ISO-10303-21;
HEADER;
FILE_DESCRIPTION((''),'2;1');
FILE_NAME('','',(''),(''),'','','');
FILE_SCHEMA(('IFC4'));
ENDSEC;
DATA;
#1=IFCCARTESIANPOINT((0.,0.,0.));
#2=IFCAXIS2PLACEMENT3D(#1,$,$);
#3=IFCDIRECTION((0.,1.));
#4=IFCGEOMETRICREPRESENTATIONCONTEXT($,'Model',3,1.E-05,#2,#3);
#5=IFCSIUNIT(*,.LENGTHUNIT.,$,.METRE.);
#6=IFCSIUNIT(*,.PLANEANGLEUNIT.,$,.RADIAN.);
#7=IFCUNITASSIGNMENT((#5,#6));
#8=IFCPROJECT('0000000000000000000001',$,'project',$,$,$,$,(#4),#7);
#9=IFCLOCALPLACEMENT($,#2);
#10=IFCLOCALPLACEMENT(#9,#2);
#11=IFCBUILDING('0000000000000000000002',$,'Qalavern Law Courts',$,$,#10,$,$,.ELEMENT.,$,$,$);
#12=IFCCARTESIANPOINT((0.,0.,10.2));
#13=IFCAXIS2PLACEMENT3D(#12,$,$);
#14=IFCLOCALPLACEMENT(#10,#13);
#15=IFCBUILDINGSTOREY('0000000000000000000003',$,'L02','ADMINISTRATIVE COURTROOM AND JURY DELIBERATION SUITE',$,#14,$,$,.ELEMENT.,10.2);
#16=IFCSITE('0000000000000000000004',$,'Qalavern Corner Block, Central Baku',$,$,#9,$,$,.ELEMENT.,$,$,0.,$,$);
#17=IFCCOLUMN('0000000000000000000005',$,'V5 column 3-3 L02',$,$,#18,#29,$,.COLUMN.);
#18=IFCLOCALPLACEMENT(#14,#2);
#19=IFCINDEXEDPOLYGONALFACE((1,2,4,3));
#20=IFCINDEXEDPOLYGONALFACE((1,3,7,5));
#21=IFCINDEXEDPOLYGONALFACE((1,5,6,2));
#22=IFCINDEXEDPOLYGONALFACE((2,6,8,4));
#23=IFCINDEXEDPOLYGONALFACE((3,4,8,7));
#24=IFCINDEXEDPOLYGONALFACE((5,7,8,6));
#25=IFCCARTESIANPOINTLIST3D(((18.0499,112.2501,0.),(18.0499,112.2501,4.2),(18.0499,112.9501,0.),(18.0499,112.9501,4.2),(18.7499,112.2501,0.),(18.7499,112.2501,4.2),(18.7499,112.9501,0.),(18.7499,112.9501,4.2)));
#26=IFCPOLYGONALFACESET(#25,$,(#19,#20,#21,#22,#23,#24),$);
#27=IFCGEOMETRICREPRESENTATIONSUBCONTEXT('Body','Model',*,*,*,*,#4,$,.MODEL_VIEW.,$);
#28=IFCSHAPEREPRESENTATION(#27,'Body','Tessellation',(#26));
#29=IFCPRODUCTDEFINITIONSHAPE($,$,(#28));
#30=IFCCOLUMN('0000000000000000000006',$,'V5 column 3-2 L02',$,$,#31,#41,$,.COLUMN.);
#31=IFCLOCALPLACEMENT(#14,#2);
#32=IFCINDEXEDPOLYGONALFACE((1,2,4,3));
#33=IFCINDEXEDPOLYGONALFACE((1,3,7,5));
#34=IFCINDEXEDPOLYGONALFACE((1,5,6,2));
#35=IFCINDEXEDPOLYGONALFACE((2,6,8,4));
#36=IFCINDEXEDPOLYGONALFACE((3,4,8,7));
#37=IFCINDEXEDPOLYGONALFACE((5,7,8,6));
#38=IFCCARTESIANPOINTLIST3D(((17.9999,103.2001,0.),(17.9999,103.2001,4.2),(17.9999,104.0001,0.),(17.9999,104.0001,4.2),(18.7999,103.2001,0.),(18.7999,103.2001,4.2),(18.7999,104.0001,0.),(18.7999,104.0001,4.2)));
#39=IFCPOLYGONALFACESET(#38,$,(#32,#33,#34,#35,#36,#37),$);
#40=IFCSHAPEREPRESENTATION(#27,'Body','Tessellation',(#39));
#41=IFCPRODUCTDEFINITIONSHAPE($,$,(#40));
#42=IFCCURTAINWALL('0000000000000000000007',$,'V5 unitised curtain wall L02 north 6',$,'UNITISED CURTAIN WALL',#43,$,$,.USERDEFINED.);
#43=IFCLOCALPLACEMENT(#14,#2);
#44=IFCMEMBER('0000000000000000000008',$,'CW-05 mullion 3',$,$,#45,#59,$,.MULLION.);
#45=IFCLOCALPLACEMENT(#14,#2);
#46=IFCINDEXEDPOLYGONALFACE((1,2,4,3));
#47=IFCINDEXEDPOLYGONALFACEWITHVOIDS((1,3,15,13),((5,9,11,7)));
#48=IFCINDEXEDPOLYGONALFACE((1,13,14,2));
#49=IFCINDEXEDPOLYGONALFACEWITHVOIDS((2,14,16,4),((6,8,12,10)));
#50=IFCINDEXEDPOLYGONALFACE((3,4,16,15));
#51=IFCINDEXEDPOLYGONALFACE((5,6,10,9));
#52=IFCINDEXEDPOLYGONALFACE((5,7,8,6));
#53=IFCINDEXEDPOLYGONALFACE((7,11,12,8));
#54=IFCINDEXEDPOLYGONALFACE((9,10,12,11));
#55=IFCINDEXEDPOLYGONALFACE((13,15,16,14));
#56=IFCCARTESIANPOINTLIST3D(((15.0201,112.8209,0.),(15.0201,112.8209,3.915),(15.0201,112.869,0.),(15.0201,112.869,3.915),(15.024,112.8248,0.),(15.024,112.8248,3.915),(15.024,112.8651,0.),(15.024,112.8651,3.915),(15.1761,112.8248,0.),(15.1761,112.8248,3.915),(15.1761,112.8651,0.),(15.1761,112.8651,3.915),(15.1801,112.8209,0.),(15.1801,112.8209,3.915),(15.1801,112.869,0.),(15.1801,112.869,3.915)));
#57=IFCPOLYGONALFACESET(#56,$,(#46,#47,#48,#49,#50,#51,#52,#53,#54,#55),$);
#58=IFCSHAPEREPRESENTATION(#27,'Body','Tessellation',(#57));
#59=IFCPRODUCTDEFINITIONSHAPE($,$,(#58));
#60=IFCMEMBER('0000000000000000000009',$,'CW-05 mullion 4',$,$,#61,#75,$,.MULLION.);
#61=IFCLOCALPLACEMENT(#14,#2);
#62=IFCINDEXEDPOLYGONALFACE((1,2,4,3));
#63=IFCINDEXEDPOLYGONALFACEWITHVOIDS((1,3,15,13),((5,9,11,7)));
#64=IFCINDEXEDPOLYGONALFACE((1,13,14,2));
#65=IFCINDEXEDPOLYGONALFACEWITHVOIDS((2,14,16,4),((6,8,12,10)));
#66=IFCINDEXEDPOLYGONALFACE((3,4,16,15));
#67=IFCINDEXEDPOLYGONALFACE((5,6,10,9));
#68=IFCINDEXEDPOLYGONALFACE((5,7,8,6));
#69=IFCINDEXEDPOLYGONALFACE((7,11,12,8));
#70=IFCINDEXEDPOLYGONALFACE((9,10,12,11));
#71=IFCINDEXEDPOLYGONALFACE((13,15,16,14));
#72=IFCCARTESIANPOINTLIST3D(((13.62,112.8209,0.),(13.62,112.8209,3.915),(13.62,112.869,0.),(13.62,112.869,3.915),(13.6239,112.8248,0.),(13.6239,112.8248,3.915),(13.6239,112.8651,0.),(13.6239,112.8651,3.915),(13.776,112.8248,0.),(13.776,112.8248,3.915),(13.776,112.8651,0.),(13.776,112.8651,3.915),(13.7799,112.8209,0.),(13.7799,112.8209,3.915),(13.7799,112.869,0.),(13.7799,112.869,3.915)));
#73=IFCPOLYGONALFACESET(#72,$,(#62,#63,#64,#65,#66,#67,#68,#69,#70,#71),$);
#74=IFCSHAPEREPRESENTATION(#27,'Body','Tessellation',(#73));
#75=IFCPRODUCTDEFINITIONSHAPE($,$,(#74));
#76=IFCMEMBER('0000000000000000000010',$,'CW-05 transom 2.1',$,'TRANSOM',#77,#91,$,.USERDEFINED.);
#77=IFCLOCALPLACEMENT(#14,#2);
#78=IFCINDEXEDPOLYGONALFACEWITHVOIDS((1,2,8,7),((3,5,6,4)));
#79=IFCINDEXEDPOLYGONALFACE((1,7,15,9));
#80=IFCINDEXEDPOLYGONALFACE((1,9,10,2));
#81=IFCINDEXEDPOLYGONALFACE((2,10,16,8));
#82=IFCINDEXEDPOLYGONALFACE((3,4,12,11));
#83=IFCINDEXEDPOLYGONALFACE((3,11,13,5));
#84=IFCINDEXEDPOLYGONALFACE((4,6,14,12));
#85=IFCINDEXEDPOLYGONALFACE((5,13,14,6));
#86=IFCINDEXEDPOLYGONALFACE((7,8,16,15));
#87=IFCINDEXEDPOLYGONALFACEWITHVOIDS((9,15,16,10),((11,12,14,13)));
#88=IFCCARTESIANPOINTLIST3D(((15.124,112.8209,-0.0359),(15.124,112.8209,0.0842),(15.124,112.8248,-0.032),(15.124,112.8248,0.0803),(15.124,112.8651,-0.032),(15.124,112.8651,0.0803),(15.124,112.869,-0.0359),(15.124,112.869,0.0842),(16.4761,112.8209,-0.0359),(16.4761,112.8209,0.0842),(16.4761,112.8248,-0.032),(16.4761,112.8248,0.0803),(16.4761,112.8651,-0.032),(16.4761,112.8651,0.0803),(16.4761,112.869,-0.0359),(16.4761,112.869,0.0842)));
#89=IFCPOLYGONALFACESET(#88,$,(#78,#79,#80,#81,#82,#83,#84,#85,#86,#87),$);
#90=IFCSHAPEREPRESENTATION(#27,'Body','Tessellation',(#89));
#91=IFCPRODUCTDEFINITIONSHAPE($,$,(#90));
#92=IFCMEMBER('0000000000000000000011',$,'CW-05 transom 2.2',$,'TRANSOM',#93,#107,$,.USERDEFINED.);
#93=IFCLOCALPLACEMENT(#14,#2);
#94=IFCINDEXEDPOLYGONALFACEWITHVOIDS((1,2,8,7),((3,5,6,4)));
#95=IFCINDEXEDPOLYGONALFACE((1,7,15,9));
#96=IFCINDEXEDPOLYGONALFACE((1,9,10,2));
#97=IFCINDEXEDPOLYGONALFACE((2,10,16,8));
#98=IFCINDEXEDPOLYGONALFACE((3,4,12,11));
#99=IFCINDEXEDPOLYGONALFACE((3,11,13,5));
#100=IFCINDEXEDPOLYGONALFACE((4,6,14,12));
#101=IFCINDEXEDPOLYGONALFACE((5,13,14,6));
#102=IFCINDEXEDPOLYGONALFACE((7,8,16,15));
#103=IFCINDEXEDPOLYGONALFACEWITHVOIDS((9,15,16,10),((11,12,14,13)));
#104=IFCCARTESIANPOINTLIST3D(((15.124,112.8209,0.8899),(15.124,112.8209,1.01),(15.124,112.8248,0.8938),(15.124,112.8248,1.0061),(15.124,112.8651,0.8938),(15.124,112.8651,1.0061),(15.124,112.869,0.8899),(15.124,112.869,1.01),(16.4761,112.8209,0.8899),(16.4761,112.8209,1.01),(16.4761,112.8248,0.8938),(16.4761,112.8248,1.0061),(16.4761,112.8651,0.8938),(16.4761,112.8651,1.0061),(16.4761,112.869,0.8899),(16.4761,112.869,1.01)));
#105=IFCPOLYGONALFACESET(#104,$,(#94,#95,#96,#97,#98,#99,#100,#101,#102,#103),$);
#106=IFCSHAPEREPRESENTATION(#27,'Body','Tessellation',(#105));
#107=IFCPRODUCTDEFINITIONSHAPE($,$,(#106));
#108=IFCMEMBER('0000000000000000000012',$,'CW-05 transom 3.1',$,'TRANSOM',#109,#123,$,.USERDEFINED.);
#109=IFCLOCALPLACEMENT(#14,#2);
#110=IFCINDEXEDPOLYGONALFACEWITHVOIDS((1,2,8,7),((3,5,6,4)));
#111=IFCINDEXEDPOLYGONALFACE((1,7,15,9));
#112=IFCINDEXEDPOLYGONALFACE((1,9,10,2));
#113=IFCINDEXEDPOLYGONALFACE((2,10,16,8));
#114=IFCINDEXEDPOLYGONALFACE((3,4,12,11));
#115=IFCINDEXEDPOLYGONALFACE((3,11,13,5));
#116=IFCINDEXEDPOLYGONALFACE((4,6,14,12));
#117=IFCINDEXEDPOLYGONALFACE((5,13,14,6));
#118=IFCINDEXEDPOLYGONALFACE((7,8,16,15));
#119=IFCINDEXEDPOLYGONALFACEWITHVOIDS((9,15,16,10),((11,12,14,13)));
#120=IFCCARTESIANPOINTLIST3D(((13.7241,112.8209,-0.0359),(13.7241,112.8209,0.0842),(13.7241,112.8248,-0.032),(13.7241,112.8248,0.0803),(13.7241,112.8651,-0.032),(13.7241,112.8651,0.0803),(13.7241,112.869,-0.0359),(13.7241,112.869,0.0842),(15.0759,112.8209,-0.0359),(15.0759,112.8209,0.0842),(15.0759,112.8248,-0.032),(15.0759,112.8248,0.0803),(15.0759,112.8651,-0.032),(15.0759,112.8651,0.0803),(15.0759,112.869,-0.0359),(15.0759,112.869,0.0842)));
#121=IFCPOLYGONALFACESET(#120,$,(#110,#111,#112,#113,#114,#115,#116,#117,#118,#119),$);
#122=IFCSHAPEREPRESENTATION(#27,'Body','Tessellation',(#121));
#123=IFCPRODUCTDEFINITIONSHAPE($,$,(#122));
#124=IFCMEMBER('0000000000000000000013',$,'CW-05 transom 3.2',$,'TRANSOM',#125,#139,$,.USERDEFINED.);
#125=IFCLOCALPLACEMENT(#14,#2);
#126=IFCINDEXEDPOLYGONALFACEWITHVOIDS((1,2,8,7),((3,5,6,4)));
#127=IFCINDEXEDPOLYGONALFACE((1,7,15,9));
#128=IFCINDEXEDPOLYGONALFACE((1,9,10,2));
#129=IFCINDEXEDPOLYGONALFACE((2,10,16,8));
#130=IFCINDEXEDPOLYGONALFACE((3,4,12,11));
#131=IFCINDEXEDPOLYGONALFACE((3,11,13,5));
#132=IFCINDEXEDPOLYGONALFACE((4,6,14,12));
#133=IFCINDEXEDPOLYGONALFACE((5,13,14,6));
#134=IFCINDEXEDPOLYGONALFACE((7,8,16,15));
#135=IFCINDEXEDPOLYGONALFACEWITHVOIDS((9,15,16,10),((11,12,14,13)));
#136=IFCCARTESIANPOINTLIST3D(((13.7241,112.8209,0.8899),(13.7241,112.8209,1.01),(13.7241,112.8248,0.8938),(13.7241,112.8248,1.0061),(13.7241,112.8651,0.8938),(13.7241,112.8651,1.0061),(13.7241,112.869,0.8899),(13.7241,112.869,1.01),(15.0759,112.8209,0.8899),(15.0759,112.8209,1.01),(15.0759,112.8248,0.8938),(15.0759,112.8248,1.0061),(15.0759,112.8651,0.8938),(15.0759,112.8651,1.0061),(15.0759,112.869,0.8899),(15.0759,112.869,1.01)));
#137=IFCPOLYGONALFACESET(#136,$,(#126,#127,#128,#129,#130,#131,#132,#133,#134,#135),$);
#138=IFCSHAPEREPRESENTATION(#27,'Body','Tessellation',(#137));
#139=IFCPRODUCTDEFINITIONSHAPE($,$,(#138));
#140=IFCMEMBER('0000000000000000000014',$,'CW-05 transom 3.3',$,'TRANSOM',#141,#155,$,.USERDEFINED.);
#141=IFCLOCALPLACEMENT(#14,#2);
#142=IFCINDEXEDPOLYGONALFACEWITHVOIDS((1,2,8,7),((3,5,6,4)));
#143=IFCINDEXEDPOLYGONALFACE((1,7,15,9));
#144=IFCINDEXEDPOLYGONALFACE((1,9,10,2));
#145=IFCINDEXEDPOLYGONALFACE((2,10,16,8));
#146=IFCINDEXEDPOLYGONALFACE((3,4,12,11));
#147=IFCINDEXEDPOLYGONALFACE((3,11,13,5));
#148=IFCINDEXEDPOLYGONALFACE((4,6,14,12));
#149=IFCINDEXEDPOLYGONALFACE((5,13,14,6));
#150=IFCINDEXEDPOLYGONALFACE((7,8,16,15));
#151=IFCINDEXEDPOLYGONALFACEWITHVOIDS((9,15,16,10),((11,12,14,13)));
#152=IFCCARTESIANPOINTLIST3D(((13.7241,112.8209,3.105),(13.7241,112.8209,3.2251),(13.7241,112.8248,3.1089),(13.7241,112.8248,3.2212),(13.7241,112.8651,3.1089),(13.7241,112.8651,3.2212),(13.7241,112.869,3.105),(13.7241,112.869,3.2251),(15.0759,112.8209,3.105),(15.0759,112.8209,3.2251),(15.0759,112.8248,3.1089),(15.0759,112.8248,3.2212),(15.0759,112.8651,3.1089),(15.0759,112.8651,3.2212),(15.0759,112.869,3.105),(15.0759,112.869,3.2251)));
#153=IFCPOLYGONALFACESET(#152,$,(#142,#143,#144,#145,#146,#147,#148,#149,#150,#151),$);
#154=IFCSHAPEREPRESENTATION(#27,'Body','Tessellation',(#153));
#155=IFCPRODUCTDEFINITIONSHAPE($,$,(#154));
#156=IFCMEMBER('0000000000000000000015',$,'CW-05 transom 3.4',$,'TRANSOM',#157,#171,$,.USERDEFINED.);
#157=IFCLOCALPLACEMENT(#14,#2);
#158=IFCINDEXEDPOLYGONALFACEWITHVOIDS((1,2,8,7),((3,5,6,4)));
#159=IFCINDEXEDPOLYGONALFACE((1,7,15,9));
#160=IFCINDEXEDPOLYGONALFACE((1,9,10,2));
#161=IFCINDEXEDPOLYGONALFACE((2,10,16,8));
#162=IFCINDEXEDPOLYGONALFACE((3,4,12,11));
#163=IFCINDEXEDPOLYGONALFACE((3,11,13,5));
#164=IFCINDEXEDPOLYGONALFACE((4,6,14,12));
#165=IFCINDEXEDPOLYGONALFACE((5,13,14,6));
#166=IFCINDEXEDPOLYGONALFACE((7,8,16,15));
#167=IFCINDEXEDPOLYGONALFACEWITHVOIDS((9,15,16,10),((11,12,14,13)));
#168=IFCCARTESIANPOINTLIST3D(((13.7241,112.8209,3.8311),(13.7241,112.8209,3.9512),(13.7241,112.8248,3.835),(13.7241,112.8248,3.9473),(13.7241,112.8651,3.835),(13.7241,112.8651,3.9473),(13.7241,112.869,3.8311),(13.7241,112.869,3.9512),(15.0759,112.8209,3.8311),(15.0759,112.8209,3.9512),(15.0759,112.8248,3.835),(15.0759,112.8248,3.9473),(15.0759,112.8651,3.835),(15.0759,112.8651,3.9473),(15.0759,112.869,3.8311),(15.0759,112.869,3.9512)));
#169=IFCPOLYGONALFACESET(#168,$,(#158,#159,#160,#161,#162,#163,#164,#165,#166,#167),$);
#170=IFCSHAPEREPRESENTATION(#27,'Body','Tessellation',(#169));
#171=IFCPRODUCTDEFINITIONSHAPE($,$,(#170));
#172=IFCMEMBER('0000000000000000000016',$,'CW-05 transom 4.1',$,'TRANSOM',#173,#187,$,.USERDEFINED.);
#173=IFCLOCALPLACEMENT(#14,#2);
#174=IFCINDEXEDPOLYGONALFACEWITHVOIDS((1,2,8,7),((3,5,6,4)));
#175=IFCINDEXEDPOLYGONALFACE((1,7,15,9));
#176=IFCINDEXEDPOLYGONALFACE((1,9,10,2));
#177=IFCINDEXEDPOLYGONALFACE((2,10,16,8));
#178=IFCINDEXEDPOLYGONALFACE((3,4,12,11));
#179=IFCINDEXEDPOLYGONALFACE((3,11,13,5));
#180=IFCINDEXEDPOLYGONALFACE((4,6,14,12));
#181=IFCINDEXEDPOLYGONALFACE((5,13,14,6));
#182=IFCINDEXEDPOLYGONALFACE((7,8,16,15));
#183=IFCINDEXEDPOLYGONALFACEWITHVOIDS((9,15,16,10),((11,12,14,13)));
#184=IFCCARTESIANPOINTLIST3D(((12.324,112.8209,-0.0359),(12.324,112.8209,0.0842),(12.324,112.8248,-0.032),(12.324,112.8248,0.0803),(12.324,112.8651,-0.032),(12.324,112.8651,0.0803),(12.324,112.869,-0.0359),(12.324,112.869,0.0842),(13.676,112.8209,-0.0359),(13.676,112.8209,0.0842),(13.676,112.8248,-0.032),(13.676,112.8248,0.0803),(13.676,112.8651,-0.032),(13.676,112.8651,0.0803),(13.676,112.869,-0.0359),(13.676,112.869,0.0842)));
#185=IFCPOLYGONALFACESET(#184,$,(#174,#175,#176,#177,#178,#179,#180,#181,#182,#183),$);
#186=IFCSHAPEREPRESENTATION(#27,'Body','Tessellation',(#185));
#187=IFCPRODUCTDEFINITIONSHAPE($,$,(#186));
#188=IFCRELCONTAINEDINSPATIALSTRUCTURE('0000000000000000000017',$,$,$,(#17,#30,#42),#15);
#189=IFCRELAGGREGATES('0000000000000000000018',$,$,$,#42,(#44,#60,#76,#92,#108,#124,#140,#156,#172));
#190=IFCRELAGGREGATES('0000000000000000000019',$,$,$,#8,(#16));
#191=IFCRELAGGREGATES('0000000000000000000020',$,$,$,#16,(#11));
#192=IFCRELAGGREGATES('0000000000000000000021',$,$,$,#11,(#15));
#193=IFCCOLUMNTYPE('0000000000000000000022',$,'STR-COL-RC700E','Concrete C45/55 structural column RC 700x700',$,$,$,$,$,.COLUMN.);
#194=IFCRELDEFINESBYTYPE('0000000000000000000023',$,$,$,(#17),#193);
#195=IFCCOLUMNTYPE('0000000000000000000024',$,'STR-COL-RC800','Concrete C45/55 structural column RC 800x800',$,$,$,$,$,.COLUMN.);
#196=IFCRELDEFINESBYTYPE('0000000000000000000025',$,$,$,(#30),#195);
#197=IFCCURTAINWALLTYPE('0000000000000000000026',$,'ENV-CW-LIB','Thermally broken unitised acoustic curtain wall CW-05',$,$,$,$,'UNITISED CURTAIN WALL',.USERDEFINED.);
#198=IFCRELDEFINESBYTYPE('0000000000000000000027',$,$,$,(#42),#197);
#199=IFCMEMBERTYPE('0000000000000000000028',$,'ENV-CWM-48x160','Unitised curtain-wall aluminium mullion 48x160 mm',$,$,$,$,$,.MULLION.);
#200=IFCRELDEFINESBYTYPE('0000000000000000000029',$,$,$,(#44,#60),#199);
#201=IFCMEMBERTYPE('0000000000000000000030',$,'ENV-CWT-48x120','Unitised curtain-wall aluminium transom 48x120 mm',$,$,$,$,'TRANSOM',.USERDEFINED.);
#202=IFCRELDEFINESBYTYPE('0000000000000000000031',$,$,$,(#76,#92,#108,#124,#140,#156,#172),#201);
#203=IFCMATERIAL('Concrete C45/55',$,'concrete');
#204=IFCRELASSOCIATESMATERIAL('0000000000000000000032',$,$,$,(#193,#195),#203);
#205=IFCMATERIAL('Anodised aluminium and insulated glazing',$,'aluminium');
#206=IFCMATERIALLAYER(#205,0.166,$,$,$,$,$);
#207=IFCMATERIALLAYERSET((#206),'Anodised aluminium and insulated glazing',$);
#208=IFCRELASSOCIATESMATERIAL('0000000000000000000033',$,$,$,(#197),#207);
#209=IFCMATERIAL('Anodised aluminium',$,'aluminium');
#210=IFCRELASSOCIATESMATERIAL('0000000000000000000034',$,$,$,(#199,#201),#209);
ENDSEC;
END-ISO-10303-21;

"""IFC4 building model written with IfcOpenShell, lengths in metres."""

from ifc_helpers import new_model, si_unit, direction, frame, origin, origin_2d, place, context, subcontext, project, spatial, rectangle, hollow_rectangle, extrude, material, layer, layer_set, material_profile, profile_set, type_object, element, aggregate, save


model = new_model("IFC4")

# Units and contexts
model_context = context("Model", 3, precision=1e-05, world=origin(), true_north=direction((0.0, 1.0)))
body_context = subcontext(model_context, "Body", "Model", "MODEL_VIEW")
ifc_project = project(units=[si_unit("LENGTHUNIT", "METRE"), si_unit("PLANEANGLEUNIT", "RADIAN")], contexts=[model_context])

# Site, building, storey
site_placement = place(None, origin())
site = spatial("IfcSite", under=ifc_project, at=site_placement, Name="Qalavern Corner Block, Central Baku", CompositionType="ELEMENT", RefElevation=0.0)
building_placement = place(site_placement, origin())
building = spatial("IfcBuilding", under=site, at=building_placement, Name="Qalavern Law Courts", CompositionType="ELEMENT")
storey_placement = place(building_placement, frame((0.0, 0.0, 10.2)))
storey = spatial("IfcBuildingStorey", under=building, at=storey_placement, Name="L02", Description="ADMINISTRATIVE COURTROOM AND JURY DELIBERATION SUITE", CompositionType="ELEMENT", Elevation=10.2)

# Columns
ifc_material_1 = material(Name="Concrete C45/55", Category="concrete")
ifc_material_profile_1 = material_profile(ifc_material_1, rectangle(XDim=0.7, YDim=0.7, at=origin_2d()), Name="RC 700x700")
ifc_profile_set_1 = profile_set([ifc_material_profile_1], Name="Concrete C45/55")
column_type_1 = type_object("IfcColumnType", Name="STR-COL-RC700E", Description="Concrete C45/55 structural column RC 700x700", PredefinedType="COLUMN", material=ifc_profile_set_1)
column_1_placement = place(storey_placement, frame((18.3999, 112.6001, 0.0), z_axis=(0.0, 0.0, 1.0), x_axis=(1.0, 0.0, 0.0)))
element("IfcColumn", 1, at=column_1_placement, inside=storey, type_object=column_type_1, Name="V5 column 3-3 L02", PredefinedType="COLUMN", context=body_context, shape_type="SweptSolid", body=[
    extrude(rectangle(XDim=0.7, YDim=0.7, at=origin_2d()), origin(), (0.0, 0.0, 1.0), 4.2),
])
ifc_material_profile_2 = material_profile(ifc_material_1, rectangle(XDim=0.8, YDim=0.8, at=origin_2d()), Name="RC 800x800")
ifc_profile_set_2 = profile_set([ifc_material_profile_2], Name="Concrete C45/55")
column_type_2 = type_object("IfcColumnType", Name="STR-COL-RC800", Description="Concrete C45/55 structural column RC 800x800", PredefinedType="COLUMN", material=ifc_profile_set_2)
column_2_placement = place(storey_placement, frame((18.3999, 103.6001, 0.0), z_axis=(0.0, 0.0, 1.0), x_axis=(1.0, 0.0, 0.0)))
element("IfcColumn", 2, at=column_2_placement, inside=storey, type_object=column_type_2, Name="V5 column 3-2 L02", PredefinedType="COLUMN", context=body_context, shape_type="SweptSolid", body=[
    extrude(rectangle(XDim=0.8, YDim=0.8, at=origin_2d()), origin(), (0.0, 0.0, 1.0), 4.2),
])

# Curtain wall, members
ifc_material_2 = material(Name="Anodised aluminium and insulated glazing", Category="aluminium")
ifc_layer_1 = layer(ifc_material_2, 0.166)
ifc_layer_set_1 = layer_set([ifc_layer_1], Name="Anodised aluminium and insulated glazing")
curtain_wall_type = type_object("IfcCurtainWallType", Name="ENV-CW-LIB", Description="Thermally broken unitised acoustic curtain wall CW-05", ElementType="UNITISED CURTAIN WALL", PredefinedType="USERDEFINED", material=ifc_layer_set_1)
curtain_wall_placement = place(storey_placement, origin())
curtain_wall = element("IfcCurtainWall", 3, at=curtain_wall_placement, inside=storey, type_object=curtain_wall_type, Name="V5 unitised curtain wall L02 north 6", ObjectType="UNITISED CURTAIN WALL", PredefinedType="USERDEFINED")
ifc_material_3 = material(Name="Anodised aluminium", Category="aluminium")
ifc_material_profile_3 = material_profile(ifc_material_3, hollow_rectangle(XDim=0.0481, YDim=0.1599, WallThickness=0.0039, at=origin_2d()), Name="ALU MULLION 48x160")
ifc_profile_set_3 = profile_set([ifc_material_profile_3], Name="Anodised aluminium")
member_type_1 = type_object("IfcMemberType", Name="ENV-CWM-48x160", Description="Unitised curtain-wall aluminium mullion 48x160 mm", PredefinedType="MULLION", material=ifc_profile_set_3)
member_1_placement = place(storey_placement, frame((15.1001, 112.845, 0.0), z_axis=(0.0, 0.0, 1.0), x_axis=(0.0, -1.0, 0.0)))
member_1 = element("IfcMember", 4, at=member_1_placement, type_object=member_type_1, Name="CW-05 mullion 3", PredefinedType="MULLION", context=body_context, shape_type="SweptSolid", body=[
    extrude(hollow_rectangle(XDim=0.0481, YDim=0.1599, WallThickness=0.0039, at=origin_2d()), origin(), (0.0, 0.0, 1.0), 3.915),
])
member_2_placement = place(storey_placement, frame((13.7, 112.845, 0.0), z_axis=(0.0, 0.0, 1.0), x_axis=(0.0, -1.0, 0.0)))
member_2 = element("IfcMember", 5, at=member_2_placement, type_object=member_type_1, Name="CW-05 mullion 4", PredefinedType="MULLION", context=body_context, shape_type="SweptSolid", body=[
    extrude(hollow_rectangle(XDim=0.0481, YDim=0.1599, WallThickness=0.0039, at=origin_2d()), origin(), (0.0, 0.0, 1.0), 3.915),
])
ifc_material_profile_4 = material_profile(ifc_material_3, hollow_rectangle(XDim=0.0481, YDim=0.1201, WallThickness=0.0039, at=origin_2d()), Name="ALU TRANSOM 48x120")
ifc_profile_set_4 = profile_set([ifc_material_profile_4], Name="Anodised aluminium")
member_type_2 = type_object("IfcMemberType", Name="ENV-CWT-48x120", Description="Unitised curtain-wall aluminium transom 48x120 mm", ElementType="TRANSOM", PredefinedType="USERDEFINED", material=ifc_profile_set_4)
member_3_placement = place(storey_placement, frame((16.4761, 112.845, 0.0242), z_axis=(-1.0, 0.0, 0.0), x_axis=(0.0, -1.0, 0.0)))
member_3 = element("IfcMember", 6, at=member_3_placement, type_object=member_type_2, Name="CW-05 transom 2.1", ObjectType="TRANSOM", PredefinedType="USERDEFINED", context=body_context, shape_type="SweptSolid", body=[
    extrude(hollow_rectangle(XDim=0.0481, YDim=0.1201, WallThickness=0.0039, at=origin_2d()), origin(), (0.0, 0.0, 1.0), 1.3521),
])
member_4_placement = place(storey_placement, frame((16.4761, 112.845, 0.95), z_axis=(-1.0, 0.0, 0.0), x_axis=(0.0, -1.0, 0.0)))
member_4 = element("IfcMember", 7, at=member_4_placement, type_object=member_type_2, Name="CW-05 transom 2.2", ObjectType="TRANSOM", PredefinedType="USERDEFINED", context=body_context, shape_type="SweptSolid", body=[
    extrude(hollow_rectangle(XDim=0.0481, YDim=0.1201, WallThickness=0.0039, at=origin_2d()), origin(), (0.0, 0.0, 1.0), 1.3521),
])
member_5_placement = place(storey_placement, frame((15.0759, 112.845, 0.0242), z_axis=(-1.0, 0.0, 0.0), x_axis=(0.0, -1.0, 0.0)))
member_5 = element("IfcMember", 8, at=member_5_placement, type_object=member_type_2, Name="CW-05 transom 3.1", ObjectType="TRANSOM", PredefinedType="USERDEFINED", context=body_context, shape_type="SweptSolid", body=[
    extrude(hollow_rectangle(XDim=0.0481, YDim=0.1201, WallThickness=0.0039, at=origin_2d()), origin(), (0.0, 0.0, 1.0), 1.3518),
])
member_6_placement = place(storey_placement, frame((15.0759, 112.845, 0.95), z_axis=(-1.0, 0.0, 0.0), x_axis=(0.0, -1.0, 0.0)))
member_6 = element("IfcMember", 9, at=member_6_placement, type_object=member_type_2, Name="CW-05 transom 3.2", ObjectType="TRANSOM", PredefinedType="USERDEFINED", context=body_context, shape_type="SweptSolid", body=[
    extrude(hollow_rectangle(XDim=0.0481, YDim=0.1201, WallThickness=0.0039, at=origin_2d()), origin(), (0.0, 0.0, 1.0), 1.3518),
])
member_7_placement = place(storey_placement, frame((15.0759, 112.845, 3.165), z_axis=(-1.0, 0.0, 0.0), x_axis=(0.0, -1.0, 0.0)))
member_7 = element("IfcMember", 10, at=member_7_placement, type_object=member_type_2, Name="CW-05 transom 3.3", ObjectType="TRANSOM", PredefinedType="USERDEFINED", context=body_context, shape_type="SweptSolid", body=[
    extrude(hollow_rectangle(XDim=0.0481, YDim=0.1201, WallThickness=0.0039, at=origin_2d()), origin(), (0.0, 0.0, 1.0), 1.3518),
])
member_8_placement = place(storey_placement, frame((15.0759, 112.845, 3.8911), z_axis=(-1.0, 0.0, 0.0), x_axis=(0.0, -1.0, 0.0)))
member_8 = element("IfcMember", 11, at=member_8_placement, type_object=member_type_2, Name="CW-05 transom 3.4", ObjectType="TRANSOM", PredefinedType="USERDEFINED", context=body_context, shape_type="SweptSolid", body=[
    extrude(hollow_rectangle(XDim=0.0481, YDim=0.1201, WallThickness=0.0039, at=origin_2d()), origin(), (0.0, 0.0, 1.0), 1.3518),
])
member_9_placement = place(storey_placement, frame((13.676, 112.845, 0.0242), z_axis=(-1.0, 0.0, 0.0), x_axis=(0.0, -1.0, 0.0)))
member_9 = element("IfcMember", 12, at=member_9_placement, type_object=member_type_2, Name="CW-05 transom 4.1", ObjectType="TRANSOM", PredefinedType="USERDEFINED", context=body_context, shape_type="SweptSolid", body=[
    extrude(hollow_rectangle(XDim=0.0481, YDim=0.1201, WallThickness=0.0039, at=origin_2d()), origin(), (0.0, 0.0, 1.0), 1.3521),
])

aggregate(curtain_wall, [member_1, member_2, member_3, member_4, member_5, member_6, member_7, member_8, member_9])

save(model, "model.ifc")
